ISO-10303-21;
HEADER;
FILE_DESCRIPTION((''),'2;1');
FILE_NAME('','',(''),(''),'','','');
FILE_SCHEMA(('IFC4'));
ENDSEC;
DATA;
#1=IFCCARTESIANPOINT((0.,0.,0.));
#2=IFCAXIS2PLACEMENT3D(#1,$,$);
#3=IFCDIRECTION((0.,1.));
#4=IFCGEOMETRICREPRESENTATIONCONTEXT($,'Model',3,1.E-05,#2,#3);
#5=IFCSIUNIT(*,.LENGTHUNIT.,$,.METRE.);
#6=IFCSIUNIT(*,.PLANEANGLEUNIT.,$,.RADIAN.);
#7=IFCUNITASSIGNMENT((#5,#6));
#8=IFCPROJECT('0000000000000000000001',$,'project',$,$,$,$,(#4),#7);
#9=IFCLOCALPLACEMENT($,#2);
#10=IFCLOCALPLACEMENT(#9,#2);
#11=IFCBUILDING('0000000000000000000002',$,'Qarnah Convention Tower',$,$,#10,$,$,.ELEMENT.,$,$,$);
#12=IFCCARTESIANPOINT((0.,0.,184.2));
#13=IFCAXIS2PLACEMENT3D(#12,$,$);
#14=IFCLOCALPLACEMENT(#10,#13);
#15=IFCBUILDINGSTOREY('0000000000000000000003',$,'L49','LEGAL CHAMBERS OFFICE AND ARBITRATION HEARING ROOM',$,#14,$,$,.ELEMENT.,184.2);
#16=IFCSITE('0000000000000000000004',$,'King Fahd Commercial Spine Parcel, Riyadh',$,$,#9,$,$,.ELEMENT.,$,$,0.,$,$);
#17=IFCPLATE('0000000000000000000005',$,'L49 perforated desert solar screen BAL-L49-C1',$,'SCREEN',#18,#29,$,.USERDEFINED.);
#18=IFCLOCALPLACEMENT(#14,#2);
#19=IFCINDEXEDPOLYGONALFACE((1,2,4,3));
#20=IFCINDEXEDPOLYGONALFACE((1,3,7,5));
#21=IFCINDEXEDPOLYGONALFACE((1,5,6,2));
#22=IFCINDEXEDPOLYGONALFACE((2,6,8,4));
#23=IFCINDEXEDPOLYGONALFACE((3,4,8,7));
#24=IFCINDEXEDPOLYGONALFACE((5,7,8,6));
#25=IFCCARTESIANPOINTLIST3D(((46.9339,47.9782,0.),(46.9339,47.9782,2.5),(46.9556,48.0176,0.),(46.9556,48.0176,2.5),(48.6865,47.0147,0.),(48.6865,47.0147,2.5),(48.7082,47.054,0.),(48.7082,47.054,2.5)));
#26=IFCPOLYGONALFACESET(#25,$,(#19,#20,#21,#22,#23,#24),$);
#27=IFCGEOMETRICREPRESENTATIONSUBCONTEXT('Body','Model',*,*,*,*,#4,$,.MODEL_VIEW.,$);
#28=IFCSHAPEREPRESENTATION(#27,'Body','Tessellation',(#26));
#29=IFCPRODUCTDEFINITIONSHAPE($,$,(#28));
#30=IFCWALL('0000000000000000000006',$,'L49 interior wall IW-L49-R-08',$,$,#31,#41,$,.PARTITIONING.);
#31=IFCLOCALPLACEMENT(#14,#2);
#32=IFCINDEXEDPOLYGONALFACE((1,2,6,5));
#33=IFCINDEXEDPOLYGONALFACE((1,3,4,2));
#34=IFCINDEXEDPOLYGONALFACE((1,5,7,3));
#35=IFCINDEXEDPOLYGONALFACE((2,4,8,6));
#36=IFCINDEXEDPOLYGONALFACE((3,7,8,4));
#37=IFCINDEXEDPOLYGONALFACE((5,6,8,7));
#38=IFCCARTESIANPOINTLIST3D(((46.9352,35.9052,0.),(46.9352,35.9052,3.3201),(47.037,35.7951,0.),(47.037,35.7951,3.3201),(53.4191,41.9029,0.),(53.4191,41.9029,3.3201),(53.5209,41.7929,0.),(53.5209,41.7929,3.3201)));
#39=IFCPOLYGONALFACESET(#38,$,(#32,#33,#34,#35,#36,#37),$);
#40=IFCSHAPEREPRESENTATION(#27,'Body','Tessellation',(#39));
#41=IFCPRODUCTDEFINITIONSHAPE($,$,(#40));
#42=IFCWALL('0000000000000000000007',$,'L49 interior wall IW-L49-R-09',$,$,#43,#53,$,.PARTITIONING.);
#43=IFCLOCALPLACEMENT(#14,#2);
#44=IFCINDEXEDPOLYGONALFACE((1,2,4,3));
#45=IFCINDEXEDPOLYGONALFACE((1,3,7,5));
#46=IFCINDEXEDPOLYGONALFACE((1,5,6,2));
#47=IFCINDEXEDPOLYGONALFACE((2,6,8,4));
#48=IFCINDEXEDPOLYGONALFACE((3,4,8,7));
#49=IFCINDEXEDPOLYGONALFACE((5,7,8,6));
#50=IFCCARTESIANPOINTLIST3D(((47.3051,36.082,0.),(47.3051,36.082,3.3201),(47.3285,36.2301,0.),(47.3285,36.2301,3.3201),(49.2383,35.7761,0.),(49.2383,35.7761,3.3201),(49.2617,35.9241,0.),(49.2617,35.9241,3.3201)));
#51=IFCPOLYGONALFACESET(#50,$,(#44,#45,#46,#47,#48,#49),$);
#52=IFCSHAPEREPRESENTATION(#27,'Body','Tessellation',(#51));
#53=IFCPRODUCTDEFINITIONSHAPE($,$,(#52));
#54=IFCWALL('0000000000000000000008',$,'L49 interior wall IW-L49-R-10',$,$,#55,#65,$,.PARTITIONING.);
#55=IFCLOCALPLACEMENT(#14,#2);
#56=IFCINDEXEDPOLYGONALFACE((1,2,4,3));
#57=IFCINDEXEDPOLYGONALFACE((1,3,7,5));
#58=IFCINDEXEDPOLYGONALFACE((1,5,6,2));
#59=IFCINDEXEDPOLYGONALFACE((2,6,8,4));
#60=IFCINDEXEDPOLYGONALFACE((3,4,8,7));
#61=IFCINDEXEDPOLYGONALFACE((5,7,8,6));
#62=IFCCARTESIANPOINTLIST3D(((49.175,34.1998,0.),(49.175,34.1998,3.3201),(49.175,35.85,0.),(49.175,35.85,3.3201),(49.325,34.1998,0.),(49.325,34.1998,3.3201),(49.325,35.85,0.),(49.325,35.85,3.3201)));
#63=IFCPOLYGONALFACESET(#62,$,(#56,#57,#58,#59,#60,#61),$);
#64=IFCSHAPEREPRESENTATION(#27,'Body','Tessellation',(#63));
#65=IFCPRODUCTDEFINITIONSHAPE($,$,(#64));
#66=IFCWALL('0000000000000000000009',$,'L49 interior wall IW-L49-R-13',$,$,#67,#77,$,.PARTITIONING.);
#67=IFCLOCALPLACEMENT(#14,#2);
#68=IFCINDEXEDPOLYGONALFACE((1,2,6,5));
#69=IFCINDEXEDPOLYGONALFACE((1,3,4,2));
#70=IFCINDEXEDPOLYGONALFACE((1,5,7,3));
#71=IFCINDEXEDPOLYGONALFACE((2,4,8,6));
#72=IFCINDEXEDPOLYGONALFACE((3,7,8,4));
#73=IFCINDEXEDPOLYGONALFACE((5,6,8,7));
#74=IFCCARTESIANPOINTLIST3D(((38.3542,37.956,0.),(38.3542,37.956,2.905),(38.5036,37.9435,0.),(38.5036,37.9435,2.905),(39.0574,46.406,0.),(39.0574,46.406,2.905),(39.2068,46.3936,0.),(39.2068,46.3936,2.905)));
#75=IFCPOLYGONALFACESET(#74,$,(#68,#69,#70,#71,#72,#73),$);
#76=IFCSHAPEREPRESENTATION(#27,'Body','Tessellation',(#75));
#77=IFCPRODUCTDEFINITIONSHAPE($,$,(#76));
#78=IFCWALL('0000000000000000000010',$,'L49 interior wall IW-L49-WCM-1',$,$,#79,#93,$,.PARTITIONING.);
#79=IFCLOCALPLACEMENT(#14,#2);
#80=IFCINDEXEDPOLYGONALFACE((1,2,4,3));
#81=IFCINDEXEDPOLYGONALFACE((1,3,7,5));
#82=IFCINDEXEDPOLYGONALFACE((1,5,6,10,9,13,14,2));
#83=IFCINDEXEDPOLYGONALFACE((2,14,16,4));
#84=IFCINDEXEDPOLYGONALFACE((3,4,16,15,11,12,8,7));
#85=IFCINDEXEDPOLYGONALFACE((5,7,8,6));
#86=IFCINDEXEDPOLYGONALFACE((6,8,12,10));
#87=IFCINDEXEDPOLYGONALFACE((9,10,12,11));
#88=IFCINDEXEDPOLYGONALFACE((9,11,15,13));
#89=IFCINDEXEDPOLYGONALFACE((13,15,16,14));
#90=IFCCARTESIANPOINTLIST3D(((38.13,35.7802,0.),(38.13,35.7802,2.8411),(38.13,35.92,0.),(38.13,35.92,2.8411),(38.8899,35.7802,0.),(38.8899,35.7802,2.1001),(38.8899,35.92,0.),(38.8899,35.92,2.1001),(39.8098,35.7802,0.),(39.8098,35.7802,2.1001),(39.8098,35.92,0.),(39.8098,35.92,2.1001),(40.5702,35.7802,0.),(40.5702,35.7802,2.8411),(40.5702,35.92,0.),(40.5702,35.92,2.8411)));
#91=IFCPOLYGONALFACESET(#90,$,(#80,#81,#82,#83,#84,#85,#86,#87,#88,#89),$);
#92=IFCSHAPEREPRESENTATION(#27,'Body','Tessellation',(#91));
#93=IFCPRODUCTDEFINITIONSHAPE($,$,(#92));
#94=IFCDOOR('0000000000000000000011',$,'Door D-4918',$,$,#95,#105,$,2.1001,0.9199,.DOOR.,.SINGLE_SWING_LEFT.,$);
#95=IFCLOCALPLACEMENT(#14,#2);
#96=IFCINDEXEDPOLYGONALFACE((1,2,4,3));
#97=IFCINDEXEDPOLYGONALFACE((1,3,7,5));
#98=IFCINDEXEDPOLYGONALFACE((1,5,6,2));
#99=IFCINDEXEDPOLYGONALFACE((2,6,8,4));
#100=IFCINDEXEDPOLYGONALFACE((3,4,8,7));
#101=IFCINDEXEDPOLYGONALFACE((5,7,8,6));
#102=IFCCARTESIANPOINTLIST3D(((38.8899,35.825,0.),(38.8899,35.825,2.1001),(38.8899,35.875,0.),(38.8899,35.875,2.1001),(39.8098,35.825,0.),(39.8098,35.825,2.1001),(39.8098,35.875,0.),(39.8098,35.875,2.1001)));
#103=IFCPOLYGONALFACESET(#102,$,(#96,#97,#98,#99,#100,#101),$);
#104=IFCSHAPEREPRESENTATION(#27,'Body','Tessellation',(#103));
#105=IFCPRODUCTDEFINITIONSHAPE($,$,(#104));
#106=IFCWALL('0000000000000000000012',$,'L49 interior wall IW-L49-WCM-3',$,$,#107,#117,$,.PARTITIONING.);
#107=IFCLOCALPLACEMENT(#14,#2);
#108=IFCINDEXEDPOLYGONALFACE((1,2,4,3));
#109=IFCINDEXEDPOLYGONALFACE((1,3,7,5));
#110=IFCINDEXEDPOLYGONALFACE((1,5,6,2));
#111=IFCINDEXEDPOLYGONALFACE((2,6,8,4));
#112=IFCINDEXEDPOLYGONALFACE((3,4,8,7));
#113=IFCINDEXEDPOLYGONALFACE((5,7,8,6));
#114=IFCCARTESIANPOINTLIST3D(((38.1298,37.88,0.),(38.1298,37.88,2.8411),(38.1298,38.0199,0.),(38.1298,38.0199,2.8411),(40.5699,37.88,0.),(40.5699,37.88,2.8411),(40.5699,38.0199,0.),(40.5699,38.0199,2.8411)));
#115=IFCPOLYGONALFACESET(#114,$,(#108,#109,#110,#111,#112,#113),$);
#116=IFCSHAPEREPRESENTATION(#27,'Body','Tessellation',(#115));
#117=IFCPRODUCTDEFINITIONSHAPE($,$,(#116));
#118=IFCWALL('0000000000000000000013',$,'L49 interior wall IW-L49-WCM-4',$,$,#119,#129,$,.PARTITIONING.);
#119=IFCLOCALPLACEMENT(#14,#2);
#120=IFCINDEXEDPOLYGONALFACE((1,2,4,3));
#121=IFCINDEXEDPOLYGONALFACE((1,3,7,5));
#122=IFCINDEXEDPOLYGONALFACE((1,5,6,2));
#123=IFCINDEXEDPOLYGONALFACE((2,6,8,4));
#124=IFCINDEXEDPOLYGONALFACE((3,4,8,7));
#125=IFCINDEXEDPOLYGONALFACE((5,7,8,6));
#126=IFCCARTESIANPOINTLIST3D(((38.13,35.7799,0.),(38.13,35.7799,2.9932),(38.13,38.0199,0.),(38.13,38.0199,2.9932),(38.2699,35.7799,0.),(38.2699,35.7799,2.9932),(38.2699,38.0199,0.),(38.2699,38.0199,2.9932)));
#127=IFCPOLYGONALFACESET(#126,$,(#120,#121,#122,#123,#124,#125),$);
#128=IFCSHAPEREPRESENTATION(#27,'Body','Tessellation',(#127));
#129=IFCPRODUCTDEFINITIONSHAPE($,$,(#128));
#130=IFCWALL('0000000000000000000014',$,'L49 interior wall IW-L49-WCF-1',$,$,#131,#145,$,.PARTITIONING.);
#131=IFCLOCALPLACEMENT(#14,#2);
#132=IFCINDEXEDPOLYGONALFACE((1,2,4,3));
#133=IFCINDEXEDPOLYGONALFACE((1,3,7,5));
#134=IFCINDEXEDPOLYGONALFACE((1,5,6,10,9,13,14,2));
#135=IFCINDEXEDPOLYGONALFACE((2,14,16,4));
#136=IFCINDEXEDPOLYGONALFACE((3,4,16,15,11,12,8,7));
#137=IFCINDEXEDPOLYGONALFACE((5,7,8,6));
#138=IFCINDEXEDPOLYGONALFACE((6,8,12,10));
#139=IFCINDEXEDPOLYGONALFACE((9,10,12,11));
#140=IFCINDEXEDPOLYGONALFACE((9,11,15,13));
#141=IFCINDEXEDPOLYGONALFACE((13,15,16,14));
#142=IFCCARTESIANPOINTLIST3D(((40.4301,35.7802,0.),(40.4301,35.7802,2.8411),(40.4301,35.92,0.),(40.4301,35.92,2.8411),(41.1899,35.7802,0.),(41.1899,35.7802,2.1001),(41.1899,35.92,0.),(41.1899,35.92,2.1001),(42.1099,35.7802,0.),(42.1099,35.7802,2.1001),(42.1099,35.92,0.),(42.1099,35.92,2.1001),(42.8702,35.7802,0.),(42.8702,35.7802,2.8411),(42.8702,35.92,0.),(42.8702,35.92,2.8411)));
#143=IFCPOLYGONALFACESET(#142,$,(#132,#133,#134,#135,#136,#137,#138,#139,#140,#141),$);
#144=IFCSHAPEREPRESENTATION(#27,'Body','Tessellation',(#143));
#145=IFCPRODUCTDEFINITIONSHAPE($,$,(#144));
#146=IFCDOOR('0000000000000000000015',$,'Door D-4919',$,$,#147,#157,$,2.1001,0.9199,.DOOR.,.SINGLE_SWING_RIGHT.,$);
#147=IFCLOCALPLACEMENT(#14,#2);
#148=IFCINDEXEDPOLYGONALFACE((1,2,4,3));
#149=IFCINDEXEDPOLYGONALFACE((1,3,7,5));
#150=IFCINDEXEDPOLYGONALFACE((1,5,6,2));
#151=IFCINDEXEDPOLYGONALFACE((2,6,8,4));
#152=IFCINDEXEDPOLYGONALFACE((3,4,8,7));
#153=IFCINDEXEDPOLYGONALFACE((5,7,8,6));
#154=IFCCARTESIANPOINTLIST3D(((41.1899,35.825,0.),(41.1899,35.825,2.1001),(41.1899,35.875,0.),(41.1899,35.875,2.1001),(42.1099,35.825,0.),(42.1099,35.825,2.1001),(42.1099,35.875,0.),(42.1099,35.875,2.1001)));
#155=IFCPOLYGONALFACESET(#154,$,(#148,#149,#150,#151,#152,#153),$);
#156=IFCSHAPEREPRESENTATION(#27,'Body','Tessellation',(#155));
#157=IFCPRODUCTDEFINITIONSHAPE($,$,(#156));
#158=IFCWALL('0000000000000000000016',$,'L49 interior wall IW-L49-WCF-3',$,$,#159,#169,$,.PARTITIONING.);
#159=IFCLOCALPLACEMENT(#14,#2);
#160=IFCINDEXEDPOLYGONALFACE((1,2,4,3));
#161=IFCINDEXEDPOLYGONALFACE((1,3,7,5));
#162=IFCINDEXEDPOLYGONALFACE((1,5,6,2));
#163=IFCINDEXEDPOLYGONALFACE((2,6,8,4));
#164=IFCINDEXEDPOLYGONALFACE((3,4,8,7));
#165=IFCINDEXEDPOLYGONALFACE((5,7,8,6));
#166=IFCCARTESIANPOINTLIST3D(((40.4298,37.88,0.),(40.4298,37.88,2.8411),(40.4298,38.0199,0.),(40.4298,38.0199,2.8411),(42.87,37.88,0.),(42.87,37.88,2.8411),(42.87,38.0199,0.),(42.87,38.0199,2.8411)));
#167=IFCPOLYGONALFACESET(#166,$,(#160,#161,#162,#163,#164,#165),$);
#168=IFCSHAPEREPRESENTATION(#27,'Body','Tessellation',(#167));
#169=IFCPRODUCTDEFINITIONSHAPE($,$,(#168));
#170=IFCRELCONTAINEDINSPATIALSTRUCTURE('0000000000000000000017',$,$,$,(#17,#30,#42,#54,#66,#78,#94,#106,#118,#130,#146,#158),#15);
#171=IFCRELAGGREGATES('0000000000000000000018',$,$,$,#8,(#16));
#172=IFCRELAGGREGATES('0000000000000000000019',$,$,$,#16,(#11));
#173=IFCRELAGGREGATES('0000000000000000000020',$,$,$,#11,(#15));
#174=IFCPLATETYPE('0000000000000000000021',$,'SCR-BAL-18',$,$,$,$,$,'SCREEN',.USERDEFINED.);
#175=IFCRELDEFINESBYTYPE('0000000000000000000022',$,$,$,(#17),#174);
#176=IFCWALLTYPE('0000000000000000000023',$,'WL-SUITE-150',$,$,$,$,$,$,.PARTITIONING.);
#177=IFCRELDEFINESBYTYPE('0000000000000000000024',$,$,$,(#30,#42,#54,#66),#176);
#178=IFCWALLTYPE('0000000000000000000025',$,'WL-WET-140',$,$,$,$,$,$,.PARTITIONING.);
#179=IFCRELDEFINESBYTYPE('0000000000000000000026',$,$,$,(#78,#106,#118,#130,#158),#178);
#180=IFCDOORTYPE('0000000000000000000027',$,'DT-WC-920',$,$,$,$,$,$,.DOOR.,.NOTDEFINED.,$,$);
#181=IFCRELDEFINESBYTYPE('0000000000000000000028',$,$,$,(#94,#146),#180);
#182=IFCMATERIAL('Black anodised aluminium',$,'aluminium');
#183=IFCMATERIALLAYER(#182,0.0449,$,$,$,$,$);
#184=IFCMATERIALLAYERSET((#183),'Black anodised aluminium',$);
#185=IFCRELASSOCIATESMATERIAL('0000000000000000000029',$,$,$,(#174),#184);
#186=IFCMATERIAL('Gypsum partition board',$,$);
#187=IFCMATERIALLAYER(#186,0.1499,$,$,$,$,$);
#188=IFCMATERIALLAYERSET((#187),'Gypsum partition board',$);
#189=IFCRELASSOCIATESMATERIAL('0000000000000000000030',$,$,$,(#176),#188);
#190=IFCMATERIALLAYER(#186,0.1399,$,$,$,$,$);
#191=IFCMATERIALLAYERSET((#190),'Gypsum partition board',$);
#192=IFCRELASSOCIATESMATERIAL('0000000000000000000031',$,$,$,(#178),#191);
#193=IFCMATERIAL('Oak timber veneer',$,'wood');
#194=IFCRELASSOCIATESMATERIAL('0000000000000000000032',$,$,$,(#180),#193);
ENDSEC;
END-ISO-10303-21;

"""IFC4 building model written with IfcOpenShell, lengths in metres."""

from ifc_helpers import new_model, si_unit, direction, frame, frame_2d, origin, origin_2d, place, context, subcontext, project, spatial, rectangle, extrude, material, layer, layer_set, type_object, element, fill, save


model = new_model("IFC4")

# Units and contexts
model_context = context("Model", 3, precision=1e-05, world=origin(), true_north=direction((0.0, 1.0)))
body_context = subcontext(model_context, "Body", "Model", "MODEL_VIEW")
ifc_project = project(units=[si_unit("LENGTHUNIT", "METRE"), si_unit("PLANEANGLEUNIT", "RADIAN")], contexts=[model_context])

# Site, building, storey
site_placement = place(None, origin())
site = spatial("IfcSite", under=ifc_project, at=site_placement, Name="King Fahd Commercial Spine Parcel, Riyadh", CompositionType="ELEMENT", RefElevation=0.0)
building_placement = place(site_placement, origin())
building = spatial("IfcBuilding", under=site, at=building_placement, Name="Qarnah Convention Tower", CompositionType="ELEMENT")
storey_placement = place(building_placement, frame((0.0, 0.0, 184.2)))
storey = spatial("IfcBuildingStorey", under=building, at=storey_placement, Name="L49", Description="LEGAL CHAMBERS OFFICE AND ARBITRATION HEARING ROOM", CompositionType="ELEMENT", Elevation=184.2)

# Shared definitions
ifc_material_1 = material(Name="Black anodised aluminium", Category="aluminium")

# Plate
ifc_layer_1 = layer(ifc_material_1, 0.0449)
ifc_layer_set_1 = layer_set([ifc_layer_1], Name="Black anodised aluminium")
plate_type_1 = type_object("IfcPlateType", Name="SCR-BAL-18", ElementType="SCREEN", PredefinedType="USERDEFINED", material=ifc_layer_set_1)
plate_1_placement = place(storey_placement, frame((47.821, 47.5161, 0.0), z_axis=(0.0, 0.0, 1.0), x_axis=(0.876295, -0.481775, 0.0)))
element("IfcPlate", 1, at=plate_1_placement, inside=storey, type_object=plate_type_1, Name="L49 perforated desert solar screen BAL-L49-C1", ObjectType="SCREEN", PredefinedType="USERDEFINED", context=body_context, shape_type="SweptSolid", body=[
    extrude(rectangle(XDim=2.0, YDim=0.0449, at=origin_2d()), origin(), (0.0, 0.0, 1.0), 2.5),
])

# Walls
ifc_material_2 = material(Name="Gypsum partition board")
ifc_layer_2 = layer(ifc_material_2, 0.1499)
ifc_layer_set_2 = layer_set([ifc_layer_2], Name="Gypsum partition board")
wall_type_1 = type_object("IfcWallType", Name="WL-SUITE-150", PredefinedType="PARTITIONING", material=ifc_layer_set_2)
wall_1_placement = place(storey_placement, frame((53.47, 41.8479, 0.0), z_axis=(0.0, 0.0, 1.0), x_axis=(-0.734088, -0.679055, 0.0)))
element("IfcWall", 2, at=wall_1_placement, inside=storey, type_object=wall_type_1, Name="L49 interior wall IW-L49-R-08", PredefinedType="PARTITIONING", context=body_context, shape_type="SweptSolid", body=[
    extrude(rectangle(XDim=8.8325, YDim=0.1499, at=frame_2d((4.4163, 0.0))), origin(), (0.0, 0.0, 1.0), 3.3201),
])
wall_2_placement = place(storey_placement, frame((47.3169, 36.156, 0.0), z_axis=(0.0, 0.0, 1.0), x_axis=(0.987709, -0.156302, 0.0)))
element("IfcWall", 3, at=wall_2_placement, inside=storey, type_object=wall_type_1, Name="L49 interior wall IW-L49-R-09", PredefinedType="PARTITIONING", context=body_context, shape_type="SweptSolid", body=[
    extrude(rectangle(XDim=1.9573, YDim=0.1499, at=frame_2d((0.9785, 0.0))), origin(), (0.0, 0.0, 1.0), 3.3201),
])
wall_3_placement = place(storey_placement, frame((49.25, 35.8501, 0.0), z_axis=(0.0, 0.0, 1.0), x_axis=(0.0, -1.0, 0.0)))
element("IfcWall", 4, at=wall_3_placement, inside=storey, type_object=wall_type_1, Name="L49 interior wall IW-L49-R-10", PredefinedType="PARTITIONING", context=body_context, shape_type="SweptSolid", body=[
    extrude(rectangle(XDim=1.6501, YDim=0.1499, at=frame_2d((0.8252, 0.0))), origin(), (0.0, 0.0, 1.0), 3.3201),
])
wall_4_placement = place(storey_placement, frame((39.1321, 46.3999, 0.0), z_axis=(0.0, 0.0, 1.0), x_axis=(-0.082924, -0.996556, 0.0)))
element("IfcWall", 5, at=wall_4_placement, inside=storey, type_object=wall_type_1, Name="L49 interior wall IW-L49-R-13", PredefinedType="PARTITIONING", context=body_context, shape_type="SweptSolid", body=[
    extrude(rectangle(XDim=8.4792, YDim=0.1499, at=frame_2d((4.2397, 0.0))), origin(), (0.0, 0.0, 1.0), 2.905),
])

# Wall, opening, door
ifc_material_3 = material(Name="Oak timber veneer", Category="wood")
ifc_layer_3 = layer(ifc_material_2, 0.1399)
ifc_layer_set_3 = layer_set([ifc_layer_3], Name="Gypsum partition board")
wall_type_2 = type_object("IfcWallType", Name="WL-WET-140", PredefinedType="PARTITIONING", material=ifc_layer_set_3)
wall_5_placement = place(storey_placement, frame((38.1299, 35.8501, 0.0), z_axis=(0.0, 0.0, 1.0), x_axis=(1.0, 0.0, 0.0)))
wall_5 = element("IfcWall", 6, at=wall_5_placement, inside=storey, type_object=wall_type_2, Name="L49 interior wall IW-L49-WCM-1", PredefinedType="PARTITIONING", context=body_context, shape_type="SweptSolid", body=[
    extrude(rectangle(XDim=2.4402, YDim=0.1399, at=frame_2d((1.2202, 0.0))), origin(), (0.0, 0.0, 1.0), 2.8411),
])
opening_1_placement = place(wall_5_placement, frame((0.76, 0.0, 0.0)))
opening_1 = element("IfcOpeningElement", 7, at=opening_1_placement, cuts=wall_5, PredefinedType="OPENING", context=body_context, shape_type="SweptSolid", body=[
    extrude(rectangle(XDim=0.9199, YDim=2.1001, at=frame_2d((0.46, 1.05))), frame((0.0, 0.0798, 0.0), z_axis=(0.0, -1.0, 0.0), x_axis=(1.0, 0.0, 0.0)), (0.0, 0.0, 1.0), 0.1599),
])
door_type_1 = type_object("IfcDoorType", Name="DT-WC-920", OperationType="NOTDEFINED", PredefinedType="DOOR", material=ifc_material_3)
door_1_placement = place(opening_1_placement, origin())
door_1 = element("IfcDoor", 8, at=door_1_placement, inside=storey, type_object=door_type_1, Name="Door D-4918", OperationType="SINGLE_SWING_LEFT", OverallHeight=2.1001, OverallWidth=0.9199, PredefinedType="DOOR", context=body_context, shape_type="SweptSolid", body=[
    extrude(rectangle(XDim=0.9199, YDim=2.1001, at=frame_2d((0.46, 1.05))), frame((0.0, 0.0249, 0.0), z_axis=(0.0, -1.0, 0.0), x_axis=(1.0, 0.0, 0.0)), (0.0, 0.0, 1.0), 0.05),
])
fill(opening_1, door_1)

# Walls
wall_6_placement = place(storey_placement, frame((40.5701, 37.95, 0.0), z_axis=(0.0, 0.0, 1.0), x_axis=(-1.0, 0.0, 0.0)))
element("IfcWall", 9, at=wall_6_placement, inside=storey, type_object=wall_type_2, Name="L49 interior wall IW-L49-WCM-3", PredefinedType="PARTITIONING", context=body_context, shape_type="SweptSolid", body=[
    extrude(rectangle(XDim=2.4402, YDim=0.1399, at=frame_2d((1.2202, 0.0))), origin(), (0.0, 0.0, 1.0), 2.8411),
])
wall_7_placement = place(storey_placement, frame((38.2, 38.02, 0.0), z_axis=(0.0, 0.0, 1.0), x_axis=(0.0, -1.0, 0.0)))
element("IfcWall", 10, at=wall_7_placement, inside=storey, type_object=wall_type_2, Name="L49 interior wall IW-L49-WCM-4", PredefinedType="PARTITIONING", context=body_context, shape_type="SweptSolid", body=[
    extrude(rectangle(XDim=2.24, YDim=0.1399, at=frame_2d((1.1201, 0.0))), origin(), (0.0, 0.0, 1.0), 2.9932),
])

# Wall, opening, door
wall_8_placement = place(storey_placement, frame((40.4299, 35.8501, 0.0), z_axis=(0.0, 0.0, 1.0), x_axis=(1.0, 0.0, 0.0)))
wall_8 = element("IfcWall", 11, at=wall_8_placement, inside=storey, type_object=wall_type_2, Name="L49 interior wall IW-L49-WCF-1", PredefinedType="PARTITIONING", context=body_context, shape_type="SweptSolid", body=[
    extrude(rectangle(XDim=2.4402, YDim=0.1399, at=frame_2d((1.2202, 0.0))), origin(), (0.0, 0.0, 1.0), 2.8411),
])
opening_2_placement = place(wall_8_placement, frame((0.76, 0.0, 0.0)))
opening_2 = element("IfcOpeningElement", 12, at=opening_2_placement, cuts=wall_8, PredefinedType="OPENING", context=body_context, shape_type="SweptSolid", body=[
    extrude(rectangle(XDim=0.9199, YDim=2.1001, at=frame_2d((0.46, 1.05))), frame((0.0, 0.0798, 0.0), z_axis=(0.0, -1.0, 0.0), x_axis=(1.0, 0.0, 0.0)), (0.0, 0.0, 1.0), 0.1599),
])
door_2_placement = place(opening_2_placement, origin())
door_2 = element("IfcDoor", 13, at=door_2_placement, inside=storey, type_object=door_type_1, Name="Door D-4919", OperationType="SINGLE_SWING_RIGHT", OverallHeight=2.1001, OverallWidth=0.9199, PredefinedType="DOOR", context=body_context, shape_type="SweptSolid", body=[
    extrude(rectangle(XDim=0.9199, YDim=2.1001, at=frame_2d((0.46, 1.05))), frame((0.0, 0.0249, 0.0), z_axis=(0.0, -1.0, 0.0), x_axis=(1.0, 0.0, 0.0)), (0.0, 0.0, 1.0), 0.05),
])
fill(opening_2, door_2)

# Wall
wall_9_placement = place(storey_placement, frame((42.8701, 37.95, 0.0), z_axis=(0.0, 0.0, 1.0), x_axis=(-1.0, 0.0, 0.0)))
element("IfcWall", 14, at=wall_9_placement, inside=storey, type_object=wall_type_2, Name="L49 interior wall IW-L49-WCF-3", PredefinedType="PARTITIONING", context=body_context, shape_type="SweptSolid", body=[
    extrude(rectangle(XDim=2.4402, YDim=0.1399, at=frame_2d((1.2202, 0.0))), origin(), (0.0, 0.0, 1.0), 2.8411),
])

save(model, "model.ifc")
